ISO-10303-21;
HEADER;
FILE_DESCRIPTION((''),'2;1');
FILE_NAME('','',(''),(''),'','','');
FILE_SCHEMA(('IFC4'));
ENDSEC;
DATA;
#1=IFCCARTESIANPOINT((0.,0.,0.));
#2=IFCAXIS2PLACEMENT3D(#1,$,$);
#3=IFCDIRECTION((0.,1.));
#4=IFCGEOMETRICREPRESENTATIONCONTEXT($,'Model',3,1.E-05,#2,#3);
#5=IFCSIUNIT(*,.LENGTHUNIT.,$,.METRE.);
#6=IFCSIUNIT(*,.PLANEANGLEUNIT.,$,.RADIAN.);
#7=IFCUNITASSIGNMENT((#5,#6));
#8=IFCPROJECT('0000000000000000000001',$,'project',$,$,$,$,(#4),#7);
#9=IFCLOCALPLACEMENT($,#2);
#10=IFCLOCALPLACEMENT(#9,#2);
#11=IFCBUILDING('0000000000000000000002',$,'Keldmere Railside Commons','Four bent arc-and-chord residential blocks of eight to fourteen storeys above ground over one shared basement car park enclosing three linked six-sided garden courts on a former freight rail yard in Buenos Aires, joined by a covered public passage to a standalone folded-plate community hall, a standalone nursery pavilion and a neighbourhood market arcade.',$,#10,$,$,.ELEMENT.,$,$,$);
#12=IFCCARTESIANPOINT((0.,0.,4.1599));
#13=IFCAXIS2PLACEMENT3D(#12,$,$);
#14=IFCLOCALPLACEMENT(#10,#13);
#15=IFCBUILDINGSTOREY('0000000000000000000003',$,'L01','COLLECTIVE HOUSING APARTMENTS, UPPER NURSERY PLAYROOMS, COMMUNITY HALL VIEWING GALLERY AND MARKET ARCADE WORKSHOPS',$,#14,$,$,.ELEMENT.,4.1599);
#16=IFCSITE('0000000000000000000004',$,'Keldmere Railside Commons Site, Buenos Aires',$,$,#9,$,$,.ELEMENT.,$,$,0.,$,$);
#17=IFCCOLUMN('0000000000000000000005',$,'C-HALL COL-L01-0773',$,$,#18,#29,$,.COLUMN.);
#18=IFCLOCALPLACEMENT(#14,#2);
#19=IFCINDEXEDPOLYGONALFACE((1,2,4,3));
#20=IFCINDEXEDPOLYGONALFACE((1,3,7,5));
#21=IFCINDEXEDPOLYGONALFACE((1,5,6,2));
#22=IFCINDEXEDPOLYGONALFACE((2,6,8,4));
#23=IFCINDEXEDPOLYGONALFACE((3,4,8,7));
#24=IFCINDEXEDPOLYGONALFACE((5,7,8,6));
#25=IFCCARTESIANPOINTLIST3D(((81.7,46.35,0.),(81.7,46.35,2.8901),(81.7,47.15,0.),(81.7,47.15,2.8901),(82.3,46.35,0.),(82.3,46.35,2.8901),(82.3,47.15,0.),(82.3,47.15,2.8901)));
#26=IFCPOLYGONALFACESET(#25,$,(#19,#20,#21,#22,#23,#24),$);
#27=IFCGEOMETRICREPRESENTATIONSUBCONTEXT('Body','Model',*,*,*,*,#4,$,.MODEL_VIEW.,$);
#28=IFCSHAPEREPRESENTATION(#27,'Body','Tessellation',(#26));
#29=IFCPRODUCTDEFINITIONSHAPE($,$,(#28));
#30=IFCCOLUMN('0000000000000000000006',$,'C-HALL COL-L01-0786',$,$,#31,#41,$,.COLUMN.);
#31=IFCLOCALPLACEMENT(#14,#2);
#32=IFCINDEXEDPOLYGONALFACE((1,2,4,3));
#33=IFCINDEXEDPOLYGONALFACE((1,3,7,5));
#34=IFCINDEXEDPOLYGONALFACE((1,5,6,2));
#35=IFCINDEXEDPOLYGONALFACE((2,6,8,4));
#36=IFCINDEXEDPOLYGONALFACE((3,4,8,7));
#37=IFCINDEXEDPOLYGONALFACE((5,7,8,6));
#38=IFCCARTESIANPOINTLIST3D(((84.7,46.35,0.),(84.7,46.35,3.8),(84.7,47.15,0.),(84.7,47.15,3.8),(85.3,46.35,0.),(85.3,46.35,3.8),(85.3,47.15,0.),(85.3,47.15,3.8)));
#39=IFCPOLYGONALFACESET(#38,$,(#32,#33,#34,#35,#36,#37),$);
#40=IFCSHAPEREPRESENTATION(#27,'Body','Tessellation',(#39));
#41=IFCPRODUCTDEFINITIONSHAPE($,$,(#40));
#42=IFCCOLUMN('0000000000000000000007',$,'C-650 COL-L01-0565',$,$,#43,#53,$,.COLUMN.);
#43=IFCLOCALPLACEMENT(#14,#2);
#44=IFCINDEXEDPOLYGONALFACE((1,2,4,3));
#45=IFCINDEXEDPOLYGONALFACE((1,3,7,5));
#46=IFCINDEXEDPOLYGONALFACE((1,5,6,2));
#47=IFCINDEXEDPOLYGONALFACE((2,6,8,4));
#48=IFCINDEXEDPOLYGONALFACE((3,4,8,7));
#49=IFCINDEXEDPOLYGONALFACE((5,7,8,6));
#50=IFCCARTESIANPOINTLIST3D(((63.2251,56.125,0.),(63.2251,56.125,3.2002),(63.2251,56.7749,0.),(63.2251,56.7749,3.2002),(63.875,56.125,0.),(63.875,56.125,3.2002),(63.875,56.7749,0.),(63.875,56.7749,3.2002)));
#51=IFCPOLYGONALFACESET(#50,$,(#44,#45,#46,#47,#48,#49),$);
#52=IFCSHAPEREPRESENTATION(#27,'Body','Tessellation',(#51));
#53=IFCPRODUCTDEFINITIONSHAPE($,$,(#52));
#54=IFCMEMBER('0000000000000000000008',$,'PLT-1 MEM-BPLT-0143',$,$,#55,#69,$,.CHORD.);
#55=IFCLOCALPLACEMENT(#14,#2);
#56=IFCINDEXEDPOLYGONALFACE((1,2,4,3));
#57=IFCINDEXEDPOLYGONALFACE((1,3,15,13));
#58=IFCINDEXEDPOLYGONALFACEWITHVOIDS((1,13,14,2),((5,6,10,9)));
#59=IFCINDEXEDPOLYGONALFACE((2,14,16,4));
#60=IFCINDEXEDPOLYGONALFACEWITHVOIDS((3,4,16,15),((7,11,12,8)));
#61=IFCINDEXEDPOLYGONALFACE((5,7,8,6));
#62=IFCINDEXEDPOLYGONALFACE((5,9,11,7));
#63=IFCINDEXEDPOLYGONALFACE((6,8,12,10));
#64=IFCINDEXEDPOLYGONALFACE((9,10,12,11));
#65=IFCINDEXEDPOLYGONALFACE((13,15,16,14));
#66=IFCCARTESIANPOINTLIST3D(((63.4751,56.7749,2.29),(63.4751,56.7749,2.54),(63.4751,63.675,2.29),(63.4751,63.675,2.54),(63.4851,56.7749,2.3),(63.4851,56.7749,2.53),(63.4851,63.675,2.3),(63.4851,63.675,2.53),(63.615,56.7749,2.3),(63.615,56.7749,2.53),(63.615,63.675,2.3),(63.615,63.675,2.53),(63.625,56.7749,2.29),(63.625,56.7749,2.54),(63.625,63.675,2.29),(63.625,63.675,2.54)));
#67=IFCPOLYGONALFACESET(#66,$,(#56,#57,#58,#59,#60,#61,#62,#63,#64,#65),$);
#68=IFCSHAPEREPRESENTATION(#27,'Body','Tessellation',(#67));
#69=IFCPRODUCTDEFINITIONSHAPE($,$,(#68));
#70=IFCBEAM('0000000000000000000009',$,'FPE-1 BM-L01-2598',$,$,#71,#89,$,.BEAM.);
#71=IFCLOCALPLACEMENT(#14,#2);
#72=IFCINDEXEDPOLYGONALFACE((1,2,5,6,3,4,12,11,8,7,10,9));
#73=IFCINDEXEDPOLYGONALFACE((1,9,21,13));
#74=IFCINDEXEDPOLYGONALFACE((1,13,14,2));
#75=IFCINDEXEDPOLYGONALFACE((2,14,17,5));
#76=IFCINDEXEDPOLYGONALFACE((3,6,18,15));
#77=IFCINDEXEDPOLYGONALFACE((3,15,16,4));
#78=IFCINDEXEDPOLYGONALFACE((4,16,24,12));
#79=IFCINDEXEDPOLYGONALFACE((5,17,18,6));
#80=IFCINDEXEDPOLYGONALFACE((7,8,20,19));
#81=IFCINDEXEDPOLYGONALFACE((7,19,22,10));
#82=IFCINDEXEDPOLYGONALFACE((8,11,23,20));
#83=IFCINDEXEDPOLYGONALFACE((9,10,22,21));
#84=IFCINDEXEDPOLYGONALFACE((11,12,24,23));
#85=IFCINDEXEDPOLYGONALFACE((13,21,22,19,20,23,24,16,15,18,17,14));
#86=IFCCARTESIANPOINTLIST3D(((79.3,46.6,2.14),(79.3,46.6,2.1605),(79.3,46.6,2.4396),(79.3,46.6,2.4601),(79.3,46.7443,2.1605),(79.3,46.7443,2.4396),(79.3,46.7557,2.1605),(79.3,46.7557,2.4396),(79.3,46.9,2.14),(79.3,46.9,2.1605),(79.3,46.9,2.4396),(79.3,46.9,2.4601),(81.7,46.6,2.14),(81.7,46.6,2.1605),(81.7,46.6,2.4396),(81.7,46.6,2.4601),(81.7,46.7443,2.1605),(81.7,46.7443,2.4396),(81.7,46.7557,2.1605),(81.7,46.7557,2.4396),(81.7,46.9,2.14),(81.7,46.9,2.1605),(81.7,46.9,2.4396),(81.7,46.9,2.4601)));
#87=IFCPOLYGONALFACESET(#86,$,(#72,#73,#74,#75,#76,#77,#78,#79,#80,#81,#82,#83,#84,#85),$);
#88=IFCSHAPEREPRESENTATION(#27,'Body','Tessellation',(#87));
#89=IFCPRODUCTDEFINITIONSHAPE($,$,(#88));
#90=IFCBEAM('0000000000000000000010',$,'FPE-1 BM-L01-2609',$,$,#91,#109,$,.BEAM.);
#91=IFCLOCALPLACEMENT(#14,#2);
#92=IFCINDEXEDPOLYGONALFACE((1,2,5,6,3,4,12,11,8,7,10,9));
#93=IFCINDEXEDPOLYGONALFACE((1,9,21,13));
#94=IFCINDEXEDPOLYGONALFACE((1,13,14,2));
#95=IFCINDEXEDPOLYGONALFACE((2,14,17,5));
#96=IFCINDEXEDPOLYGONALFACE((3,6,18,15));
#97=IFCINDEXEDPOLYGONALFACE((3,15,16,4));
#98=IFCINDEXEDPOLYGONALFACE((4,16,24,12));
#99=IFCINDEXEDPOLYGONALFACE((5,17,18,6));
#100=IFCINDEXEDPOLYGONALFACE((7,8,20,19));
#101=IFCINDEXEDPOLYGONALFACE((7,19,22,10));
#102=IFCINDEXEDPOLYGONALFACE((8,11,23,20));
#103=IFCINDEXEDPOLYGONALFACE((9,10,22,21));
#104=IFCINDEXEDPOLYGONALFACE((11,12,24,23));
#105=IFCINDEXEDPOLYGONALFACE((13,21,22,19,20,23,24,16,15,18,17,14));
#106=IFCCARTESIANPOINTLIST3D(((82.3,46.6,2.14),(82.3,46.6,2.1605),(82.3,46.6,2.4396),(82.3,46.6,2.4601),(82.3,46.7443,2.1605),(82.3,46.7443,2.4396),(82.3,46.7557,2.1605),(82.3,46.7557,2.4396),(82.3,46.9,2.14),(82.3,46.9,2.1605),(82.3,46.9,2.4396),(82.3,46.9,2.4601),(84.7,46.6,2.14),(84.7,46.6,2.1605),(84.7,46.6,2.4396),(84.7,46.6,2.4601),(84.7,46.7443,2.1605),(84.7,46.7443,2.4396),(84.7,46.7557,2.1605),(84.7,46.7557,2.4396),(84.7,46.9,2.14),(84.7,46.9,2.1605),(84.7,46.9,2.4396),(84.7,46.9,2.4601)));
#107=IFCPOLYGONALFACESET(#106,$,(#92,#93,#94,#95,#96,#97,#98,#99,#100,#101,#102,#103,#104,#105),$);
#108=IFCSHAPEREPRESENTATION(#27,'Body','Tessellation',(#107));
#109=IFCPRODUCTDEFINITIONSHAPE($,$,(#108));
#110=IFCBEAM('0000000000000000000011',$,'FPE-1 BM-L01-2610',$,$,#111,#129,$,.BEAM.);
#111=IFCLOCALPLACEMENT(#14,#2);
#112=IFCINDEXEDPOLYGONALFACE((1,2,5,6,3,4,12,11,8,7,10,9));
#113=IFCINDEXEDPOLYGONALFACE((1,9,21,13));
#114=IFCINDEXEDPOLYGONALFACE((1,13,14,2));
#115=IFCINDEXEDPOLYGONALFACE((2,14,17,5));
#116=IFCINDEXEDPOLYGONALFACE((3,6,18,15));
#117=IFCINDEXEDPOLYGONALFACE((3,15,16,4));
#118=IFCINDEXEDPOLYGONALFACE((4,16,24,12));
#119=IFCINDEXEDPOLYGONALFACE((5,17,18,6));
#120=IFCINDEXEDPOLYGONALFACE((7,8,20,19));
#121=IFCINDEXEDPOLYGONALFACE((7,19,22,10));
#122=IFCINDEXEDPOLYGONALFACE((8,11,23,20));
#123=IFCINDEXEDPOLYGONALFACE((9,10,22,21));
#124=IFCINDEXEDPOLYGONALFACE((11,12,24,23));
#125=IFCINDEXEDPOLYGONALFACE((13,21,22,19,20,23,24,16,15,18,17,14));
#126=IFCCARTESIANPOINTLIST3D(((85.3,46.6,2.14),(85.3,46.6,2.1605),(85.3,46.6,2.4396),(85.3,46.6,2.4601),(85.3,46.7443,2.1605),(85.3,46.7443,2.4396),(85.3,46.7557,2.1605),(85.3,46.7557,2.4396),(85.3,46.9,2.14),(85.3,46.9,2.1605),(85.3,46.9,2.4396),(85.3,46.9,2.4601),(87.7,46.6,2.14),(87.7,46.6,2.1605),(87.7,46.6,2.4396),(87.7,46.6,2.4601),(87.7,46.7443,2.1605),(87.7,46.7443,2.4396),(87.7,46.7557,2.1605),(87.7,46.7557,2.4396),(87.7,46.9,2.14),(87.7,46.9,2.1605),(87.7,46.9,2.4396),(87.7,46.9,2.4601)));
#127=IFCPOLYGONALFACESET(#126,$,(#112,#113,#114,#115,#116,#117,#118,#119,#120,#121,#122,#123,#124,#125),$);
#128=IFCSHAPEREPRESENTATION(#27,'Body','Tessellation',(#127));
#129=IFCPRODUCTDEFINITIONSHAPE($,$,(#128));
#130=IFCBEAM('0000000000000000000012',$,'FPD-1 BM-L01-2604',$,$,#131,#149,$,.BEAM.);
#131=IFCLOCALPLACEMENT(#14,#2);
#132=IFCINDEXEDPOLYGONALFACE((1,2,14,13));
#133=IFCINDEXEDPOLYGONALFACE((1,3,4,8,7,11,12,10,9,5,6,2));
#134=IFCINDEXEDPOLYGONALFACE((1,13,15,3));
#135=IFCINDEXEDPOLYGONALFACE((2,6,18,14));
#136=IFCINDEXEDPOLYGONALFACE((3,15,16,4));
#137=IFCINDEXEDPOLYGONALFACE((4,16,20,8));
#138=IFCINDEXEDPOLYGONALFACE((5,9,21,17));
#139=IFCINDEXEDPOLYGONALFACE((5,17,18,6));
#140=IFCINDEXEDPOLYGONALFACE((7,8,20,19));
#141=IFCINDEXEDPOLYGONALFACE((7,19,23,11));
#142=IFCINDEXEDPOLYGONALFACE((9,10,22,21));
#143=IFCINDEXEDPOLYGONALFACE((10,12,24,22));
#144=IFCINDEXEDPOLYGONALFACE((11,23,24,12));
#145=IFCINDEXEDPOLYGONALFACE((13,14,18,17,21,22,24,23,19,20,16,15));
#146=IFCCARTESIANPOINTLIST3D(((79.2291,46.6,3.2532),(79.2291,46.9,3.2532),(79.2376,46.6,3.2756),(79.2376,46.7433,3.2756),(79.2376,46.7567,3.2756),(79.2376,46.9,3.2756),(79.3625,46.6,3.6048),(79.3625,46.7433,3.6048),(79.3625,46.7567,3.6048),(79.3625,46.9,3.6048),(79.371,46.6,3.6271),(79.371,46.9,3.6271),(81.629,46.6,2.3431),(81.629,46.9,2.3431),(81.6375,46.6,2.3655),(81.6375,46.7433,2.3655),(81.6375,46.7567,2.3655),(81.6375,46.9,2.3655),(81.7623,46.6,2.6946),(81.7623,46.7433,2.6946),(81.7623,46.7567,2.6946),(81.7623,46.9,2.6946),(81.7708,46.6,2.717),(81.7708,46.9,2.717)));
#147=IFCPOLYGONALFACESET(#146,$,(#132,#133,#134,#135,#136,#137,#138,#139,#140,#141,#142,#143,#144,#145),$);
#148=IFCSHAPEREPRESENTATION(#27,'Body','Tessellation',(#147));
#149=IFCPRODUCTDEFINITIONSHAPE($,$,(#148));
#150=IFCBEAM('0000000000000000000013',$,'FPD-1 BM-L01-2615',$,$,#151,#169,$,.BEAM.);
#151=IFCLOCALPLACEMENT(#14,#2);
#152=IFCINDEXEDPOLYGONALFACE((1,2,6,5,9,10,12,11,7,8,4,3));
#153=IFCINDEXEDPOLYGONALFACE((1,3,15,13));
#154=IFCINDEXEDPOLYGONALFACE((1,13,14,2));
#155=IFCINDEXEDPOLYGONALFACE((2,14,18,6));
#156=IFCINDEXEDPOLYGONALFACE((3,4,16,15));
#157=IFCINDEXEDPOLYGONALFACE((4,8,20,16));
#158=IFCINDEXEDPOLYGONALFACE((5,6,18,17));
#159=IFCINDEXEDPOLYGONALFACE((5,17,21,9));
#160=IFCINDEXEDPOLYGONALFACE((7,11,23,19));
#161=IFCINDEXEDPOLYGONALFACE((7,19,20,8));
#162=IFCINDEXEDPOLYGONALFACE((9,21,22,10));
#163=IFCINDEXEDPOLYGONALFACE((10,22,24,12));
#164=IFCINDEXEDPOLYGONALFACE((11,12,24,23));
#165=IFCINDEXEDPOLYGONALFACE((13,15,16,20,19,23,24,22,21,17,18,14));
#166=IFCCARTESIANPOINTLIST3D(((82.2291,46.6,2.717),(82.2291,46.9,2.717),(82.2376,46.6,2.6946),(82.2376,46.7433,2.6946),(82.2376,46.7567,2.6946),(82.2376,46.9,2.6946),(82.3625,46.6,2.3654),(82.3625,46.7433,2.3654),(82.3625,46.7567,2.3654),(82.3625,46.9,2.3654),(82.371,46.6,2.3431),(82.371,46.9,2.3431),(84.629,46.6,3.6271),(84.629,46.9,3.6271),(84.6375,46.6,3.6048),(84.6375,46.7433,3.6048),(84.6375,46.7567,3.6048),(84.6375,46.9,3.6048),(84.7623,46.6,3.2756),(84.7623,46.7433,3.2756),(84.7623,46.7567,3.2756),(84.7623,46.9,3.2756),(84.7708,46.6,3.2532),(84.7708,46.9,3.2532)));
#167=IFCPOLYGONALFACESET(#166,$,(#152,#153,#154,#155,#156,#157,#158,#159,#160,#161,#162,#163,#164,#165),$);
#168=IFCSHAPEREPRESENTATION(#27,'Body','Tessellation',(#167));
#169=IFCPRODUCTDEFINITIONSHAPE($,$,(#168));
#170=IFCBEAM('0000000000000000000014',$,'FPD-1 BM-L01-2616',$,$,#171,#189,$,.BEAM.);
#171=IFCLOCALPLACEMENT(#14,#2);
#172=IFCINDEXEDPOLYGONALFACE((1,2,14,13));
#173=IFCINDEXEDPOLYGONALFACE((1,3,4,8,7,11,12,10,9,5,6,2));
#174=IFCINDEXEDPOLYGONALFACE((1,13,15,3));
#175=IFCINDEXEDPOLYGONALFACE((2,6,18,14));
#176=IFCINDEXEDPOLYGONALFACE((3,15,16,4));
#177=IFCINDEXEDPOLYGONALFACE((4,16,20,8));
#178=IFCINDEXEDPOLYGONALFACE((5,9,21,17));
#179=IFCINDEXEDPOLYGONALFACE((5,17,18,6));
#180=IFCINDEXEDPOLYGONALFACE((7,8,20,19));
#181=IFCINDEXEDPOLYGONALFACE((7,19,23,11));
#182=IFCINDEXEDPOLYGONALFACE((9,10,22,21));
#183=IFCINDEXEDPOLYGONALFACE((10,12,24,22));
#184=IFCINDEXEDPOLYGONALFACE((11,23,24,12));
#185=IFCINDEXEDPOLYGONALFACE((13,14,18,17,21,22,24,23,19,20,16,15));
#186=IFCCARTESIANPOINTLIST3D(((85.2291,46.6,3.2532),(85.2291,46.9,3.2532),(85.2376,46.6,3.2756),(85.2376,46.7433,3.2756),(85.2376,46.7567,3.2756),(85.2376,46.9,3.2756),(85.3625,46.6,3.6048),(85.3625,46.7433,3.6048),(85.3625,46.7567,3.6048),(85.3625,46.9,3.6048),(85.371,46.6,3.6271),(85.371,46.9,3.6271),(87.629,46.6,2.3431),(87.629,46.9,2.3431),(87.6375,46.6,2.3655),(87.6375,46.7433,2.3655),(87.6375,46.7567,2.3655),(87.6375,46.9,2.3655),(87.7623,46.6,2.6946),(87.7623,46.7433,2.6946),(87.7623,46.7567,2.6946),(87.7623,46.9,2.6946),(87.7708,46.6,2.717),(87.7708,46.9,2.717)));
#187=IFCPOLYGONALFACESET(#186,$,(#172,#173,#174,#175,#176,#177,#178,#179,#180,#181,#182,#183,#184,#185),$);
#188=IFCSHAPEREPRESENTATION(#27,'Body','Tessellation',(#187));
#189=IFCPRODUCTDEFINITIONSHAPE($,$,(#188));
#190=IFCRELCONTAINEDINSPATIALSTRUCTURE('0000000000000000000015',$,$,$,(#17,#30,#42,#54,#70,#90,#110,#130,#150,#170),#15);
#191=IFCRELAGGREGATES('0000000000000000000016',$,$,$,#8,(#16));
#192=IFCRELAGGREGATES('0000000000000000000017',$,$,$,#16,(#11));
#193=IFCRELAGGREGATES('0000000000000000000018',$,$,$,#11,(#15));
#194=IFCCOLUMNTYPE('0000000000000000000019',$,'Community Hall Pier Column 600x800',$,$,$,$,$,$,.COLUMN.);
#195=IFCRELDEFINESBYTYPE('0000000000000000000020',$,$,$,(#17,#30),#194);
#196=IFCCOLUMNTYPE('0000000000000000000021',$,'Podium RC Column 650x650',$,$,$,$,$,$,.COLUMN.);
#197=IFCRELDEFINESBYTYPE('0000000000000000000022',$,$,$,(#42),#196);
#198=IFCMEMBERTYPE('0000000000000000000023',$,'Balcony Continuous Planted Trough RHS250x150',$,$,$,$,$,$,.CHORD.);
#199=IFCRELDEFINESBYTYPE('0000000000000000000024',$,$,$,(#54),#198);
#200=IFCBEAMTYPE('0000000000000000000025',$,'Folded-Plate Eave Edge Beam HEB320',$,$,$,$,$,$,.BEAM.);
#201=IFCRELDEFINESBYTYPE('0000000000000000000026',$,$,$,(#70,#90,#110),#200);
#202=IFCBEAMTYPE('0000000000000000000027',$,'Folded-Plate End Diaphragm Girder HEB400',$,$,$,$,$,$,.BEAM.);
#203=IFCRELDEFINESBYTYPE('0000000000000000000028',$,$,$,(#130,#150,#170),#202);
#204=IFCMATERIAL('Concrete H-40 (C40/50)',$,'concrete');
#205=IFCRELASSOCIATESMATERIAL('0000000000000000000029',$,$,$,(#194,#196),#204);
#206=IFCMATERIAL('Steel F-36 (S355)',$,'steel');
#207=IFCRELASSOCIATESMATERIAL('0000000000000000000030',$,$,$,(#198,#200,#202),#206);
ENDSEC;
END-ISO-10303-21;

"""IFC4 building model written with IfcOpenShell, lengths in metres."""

from ifc_helpers import new_model, si_unit, direction, frame, origin, origin_2d, place, context, subcontext, project, spatial, rectangle, hollow_rectangle, i_section, extrude, material, material_profile, profile_set, type_object, element, save


model = new_model("IFC4")

# Units and contexts
model_context = context("Model", 3, precision=1e-05, world=origin(), true_north=direction((0.0, 1.0)))
body_context = subcontext(model_context, "Body", "Model", "MODEL_VIEW")
ifc_project = project(units=[si_unit("LENGTHUNIT", "METRE"), si_unit("PLANEANGLEUNIT", "RADIAN")], contexts=[model_context])

# Site, building, storey
site_placement = place(None, origin())
site = spatial("IfcSite", under=ifc_project, at=site_placement, Name="Keldmere Railside Commons Site, Buenos Aires", CompositionType="ELEMENT", RefElevation=0.0)
building_placement = place(site_placement, origin())
building = spatial("IfcBuilding", under=site, at=building_placement, Name="Keldmere Railside Commons", Description="Four bent arc-and-chord residential blocks of eight to fourteen storeys above ground over one shared basement car park enclosing three linked six-sided garden courts on a former freight rail yard in Buenos Aires, joined by a covered public passage to a standalone folded-plate community hall, a standalone nursery pavilion and a neighbourhood market arcade.", CompositionType="ELEMENT")
storey_placement = place(building_placement, frame((0.0, 0.0, 4.1599)))
storey = spatial("IfcBuildingStorey", under=building, at=storey_placement, Name="L01", Description="COLLECTIVE HOUSING APARTMENTS, UPPER NURSERY PLAYROOMS, COMMUNITY HALL VIEWING GALLERY AND MARKET ARCADE WORKSHOPS", CompositionType="ELEMENT", Elevation=4.1599)

# Columns
ifc_material_1 = material(Name="Concrete H-40 (C40/50)", Category="concrete")
ifc_material_profile_1 = material_profile(ifc_material_1, rectangle(XDim=0.6001, YDim=0.8, at=origin_2d()), Name="RC-600x800")
ifc_profile_set_1 = profile_set([ifc_material_profile_1], Name="Concrete H-40 (C40/50)")
column_type_1 = type_object("IfcColumnType", Name="Community Hall Pier Column 600x800", PredefinedType="COLUMN", material=ifc_profile_set_1)
column_1_placement = place(storey_placement, frame((82.0, 46.75, 0.0), z_axis=(0.0, 0.0, 1.0), x_axis=(1.0, 0.0, 0.0)))
element("IfcColumn", 1, at=column_1_placement, inside=storey, type_object=column_type_1, Name="C-HALL COL-L01-0773", PredefinedType="COLUMN", context=body_context, shape_type="SweptSolid", body=[
    extrude(rectangle(XDim=0.6001, YDim=0.8, at=origin_2d()), origin(), (0.0, 0.0, 1.0), 2.8901),
])
column_2_placement = place(storey_placement, frame((85.0, 46.75, 0.0), z_axis=(0.0, 0.0, 1.0), x_axis=(1.0, 0.0, 0.0)))
element("IfcColumn", 2, at=column_2_placement, inside=storey, type_object=column_type_1, Name="C-HALL COL-L01-0786", PredefinedType="COLUMN", context=body_context, shape_type="SweptSolid", body=[
    extrude(rectangle(XDim=0.6001, YDim=0.8, at=origin_2d()), origin(), (0.0, 0.0, 1.0), 3.8),
])
ifc_material_profile_2 = material_profile(ifc_material_1, rectangle(XDim=0.6499, YDim=0.6499, at=origin_2d()), Name="RC-650x650")
ifc_profile_set_2 = profile_set([ifc_material_profile_2], Name="Concrete H-40 (C40/50)")
column_type_2 = type_object("IfcColumnType", Name="Podium RC Column 650x650", PredefinedType="COLUMN", material=ifc_profile_set_2)
column_3_placement = place(storey_placement, frame((63.55, 56.45, 0.0), z_axis=(0.0, 0.0, 1.0), x_axis=(1.0, 0.0, 0.0)))
element("IfcColumn", 3, at=column_3_placement, inside=storey, type_object=column_type_2, Name="C-650 COL-L01-0565", PredefinedType="COLUMN", context=body_context, shape_type="SweptSolid", body=[
    extrude(rectangle(XDim=0.6499, YDim=0.6499, at=origin_2d()), origin(), (0.0, 0.0, 1.0), 3.2002),
])

# Member
ifc_material_2 = material(Name="Steel F-36 (S355)", Category="steel")
ifc_material_profile_3 = material_profile(ifc_material_2, hollow_rectangle(XDim=0.1499, YDim=0.25, WallThickness=0.01, at=origin_2d()), Name="RHS-250x150x10")
ifc_profile_set_3 = profile_set([ifc_material_profile_3], Name="Steel F-36 (S355)")
member_type_1 = type_object("IfcMemberType", Name="Balcony Continuous Planted Trough RHS250x150", PredefinedType="CHORD", material=ifc_profile_set_3)
member_1_placement = place(storey_placement, frame((63.55, 56.7749, 2.415), z_axis=(0.0, 1.0, 0.0), x_axis=(-1.0, 0.0, 0.0)))
element("IfcMember", 4, at=member_1_placement, inside=storey, type_object=member_type_1, Name="PLT-1 MEM-BPLT-0143", PredefinedType="CHORD", context=body_context, shape_type="SweptSolid", body=[
    extrude(hollow_rectangle(XDim=0.1499, YDim=0.25, WallThickness=0.01, at=origin_2d()), origin(), (0.0, 0.0, 1.0), 6.9001),
])

# Beams
ifc_material_profile_4 = material_profile(ifc_material_2, i_section(OverallWidth=0.3, OverallDepth=0.3201, WebThickness=0.0115, FlangeThickness=0.0205, at=origin_2d()), Name="HEB-320")
ifc_profile_set_4 = profile_set([ifc_material_profile_4], Name="Steel F-36 (S355)")
beam_type_1 = type_object("IfcBeamType", Name="Folded-Plate Eave Edge Beam HEB320", PredefinedType="BEAM", material=ifc_profile_set_4)
for number, where, z_axis, x_axis, name in (
    (5, (79.3, 46.75, 2.3), (1.0, 0.0, 0.0), (0.0, 1.0, 0.0), "FPE-1 BM-L01-2598"),
    (6, (82.3, 46.75, 2.3), (1.0, 0.0, 0.0), (0.0, 1.0, 0.0), "FPE-1 BM-L01-2609"),
    (7, (85.3, 46.75, 2.3), (1.0, 0.0, 0.0), (0.0, 1.0, 0.0), "FPE-1 BM-L01-2610"),
):
    element("IfcBeam", number, at=place(storey_placement, frame(where, z_axis=z_axis, x_axis=x_axis)), inside=storey, type_object=beam_type_1, Name=name, PredefinedType="BEAM", context=body_context, shape_type="SweptSolid", body=[
        extrude(i_section(OverallWidth=0.3, OverallDepth=0.3201, WebThickness=0.0115, FlangeThickness=0.0205, at=origin_2d()), origin(), (0.0, 0.0, 1.0), 2.3999),
    ])
ifc_material_profile_5 = material_profile(ifc_material_2, i_section(OverallWidth=0.3, OverallDepth=0.3999, WebThickness=0.0134, FlangeThickness=0.0239, at=origin_2d()), Name="HEB-400")
ifc_profile_set_5 = profile_set([ifc_material_profile_5], Name="Steel F-36 (S355)")
beam_type_2 = type_object("IfcBeamType", Name="Folded-Plate End Diaphragm Girder HEB400", PredefinedType="BEAM", material=ifc_profile_set_5)
for number, where, z_axis, x_axis, name in (
    (8, (79.3, 46.75, 3.4402), (0.935017, 0.0, -0.354603), (0.0, 1.0, 0.0), "FPD-1 BM-L01-2604"),
    (9, (82.3, 46.75, 2.53), (0.935017, 0.0, 0.354603), (0.0, 1.0, 0.0), "FPD-1 BM-L01-2615"),
    (10, (85.3, 46.75, 3.4402), (0.935017, 0.0, -0.354603), (0.0, 1.0, 0.0), "FPD-1 BM-L01-2616"),
):
    element("IfcBeam", number, at=place(storey_placement, frame(where, z_axis=z_axis, x_axis=x_axis)), inside=storey, type_object=beam_type_2, Name=name, PredefinedType="BEAM", context=body_context, shape_type="SweptSolid", body=[
        extrude(i_section(OverallWidth=0.3, OverallDepth=0.3999, WebThickness=0.0134, FlangeThickness=0.0239, at=origin_2d()), origin(), (0.0, 0.0, 1.0), 2.5667),
    ])

save(model, "model.ifc")
